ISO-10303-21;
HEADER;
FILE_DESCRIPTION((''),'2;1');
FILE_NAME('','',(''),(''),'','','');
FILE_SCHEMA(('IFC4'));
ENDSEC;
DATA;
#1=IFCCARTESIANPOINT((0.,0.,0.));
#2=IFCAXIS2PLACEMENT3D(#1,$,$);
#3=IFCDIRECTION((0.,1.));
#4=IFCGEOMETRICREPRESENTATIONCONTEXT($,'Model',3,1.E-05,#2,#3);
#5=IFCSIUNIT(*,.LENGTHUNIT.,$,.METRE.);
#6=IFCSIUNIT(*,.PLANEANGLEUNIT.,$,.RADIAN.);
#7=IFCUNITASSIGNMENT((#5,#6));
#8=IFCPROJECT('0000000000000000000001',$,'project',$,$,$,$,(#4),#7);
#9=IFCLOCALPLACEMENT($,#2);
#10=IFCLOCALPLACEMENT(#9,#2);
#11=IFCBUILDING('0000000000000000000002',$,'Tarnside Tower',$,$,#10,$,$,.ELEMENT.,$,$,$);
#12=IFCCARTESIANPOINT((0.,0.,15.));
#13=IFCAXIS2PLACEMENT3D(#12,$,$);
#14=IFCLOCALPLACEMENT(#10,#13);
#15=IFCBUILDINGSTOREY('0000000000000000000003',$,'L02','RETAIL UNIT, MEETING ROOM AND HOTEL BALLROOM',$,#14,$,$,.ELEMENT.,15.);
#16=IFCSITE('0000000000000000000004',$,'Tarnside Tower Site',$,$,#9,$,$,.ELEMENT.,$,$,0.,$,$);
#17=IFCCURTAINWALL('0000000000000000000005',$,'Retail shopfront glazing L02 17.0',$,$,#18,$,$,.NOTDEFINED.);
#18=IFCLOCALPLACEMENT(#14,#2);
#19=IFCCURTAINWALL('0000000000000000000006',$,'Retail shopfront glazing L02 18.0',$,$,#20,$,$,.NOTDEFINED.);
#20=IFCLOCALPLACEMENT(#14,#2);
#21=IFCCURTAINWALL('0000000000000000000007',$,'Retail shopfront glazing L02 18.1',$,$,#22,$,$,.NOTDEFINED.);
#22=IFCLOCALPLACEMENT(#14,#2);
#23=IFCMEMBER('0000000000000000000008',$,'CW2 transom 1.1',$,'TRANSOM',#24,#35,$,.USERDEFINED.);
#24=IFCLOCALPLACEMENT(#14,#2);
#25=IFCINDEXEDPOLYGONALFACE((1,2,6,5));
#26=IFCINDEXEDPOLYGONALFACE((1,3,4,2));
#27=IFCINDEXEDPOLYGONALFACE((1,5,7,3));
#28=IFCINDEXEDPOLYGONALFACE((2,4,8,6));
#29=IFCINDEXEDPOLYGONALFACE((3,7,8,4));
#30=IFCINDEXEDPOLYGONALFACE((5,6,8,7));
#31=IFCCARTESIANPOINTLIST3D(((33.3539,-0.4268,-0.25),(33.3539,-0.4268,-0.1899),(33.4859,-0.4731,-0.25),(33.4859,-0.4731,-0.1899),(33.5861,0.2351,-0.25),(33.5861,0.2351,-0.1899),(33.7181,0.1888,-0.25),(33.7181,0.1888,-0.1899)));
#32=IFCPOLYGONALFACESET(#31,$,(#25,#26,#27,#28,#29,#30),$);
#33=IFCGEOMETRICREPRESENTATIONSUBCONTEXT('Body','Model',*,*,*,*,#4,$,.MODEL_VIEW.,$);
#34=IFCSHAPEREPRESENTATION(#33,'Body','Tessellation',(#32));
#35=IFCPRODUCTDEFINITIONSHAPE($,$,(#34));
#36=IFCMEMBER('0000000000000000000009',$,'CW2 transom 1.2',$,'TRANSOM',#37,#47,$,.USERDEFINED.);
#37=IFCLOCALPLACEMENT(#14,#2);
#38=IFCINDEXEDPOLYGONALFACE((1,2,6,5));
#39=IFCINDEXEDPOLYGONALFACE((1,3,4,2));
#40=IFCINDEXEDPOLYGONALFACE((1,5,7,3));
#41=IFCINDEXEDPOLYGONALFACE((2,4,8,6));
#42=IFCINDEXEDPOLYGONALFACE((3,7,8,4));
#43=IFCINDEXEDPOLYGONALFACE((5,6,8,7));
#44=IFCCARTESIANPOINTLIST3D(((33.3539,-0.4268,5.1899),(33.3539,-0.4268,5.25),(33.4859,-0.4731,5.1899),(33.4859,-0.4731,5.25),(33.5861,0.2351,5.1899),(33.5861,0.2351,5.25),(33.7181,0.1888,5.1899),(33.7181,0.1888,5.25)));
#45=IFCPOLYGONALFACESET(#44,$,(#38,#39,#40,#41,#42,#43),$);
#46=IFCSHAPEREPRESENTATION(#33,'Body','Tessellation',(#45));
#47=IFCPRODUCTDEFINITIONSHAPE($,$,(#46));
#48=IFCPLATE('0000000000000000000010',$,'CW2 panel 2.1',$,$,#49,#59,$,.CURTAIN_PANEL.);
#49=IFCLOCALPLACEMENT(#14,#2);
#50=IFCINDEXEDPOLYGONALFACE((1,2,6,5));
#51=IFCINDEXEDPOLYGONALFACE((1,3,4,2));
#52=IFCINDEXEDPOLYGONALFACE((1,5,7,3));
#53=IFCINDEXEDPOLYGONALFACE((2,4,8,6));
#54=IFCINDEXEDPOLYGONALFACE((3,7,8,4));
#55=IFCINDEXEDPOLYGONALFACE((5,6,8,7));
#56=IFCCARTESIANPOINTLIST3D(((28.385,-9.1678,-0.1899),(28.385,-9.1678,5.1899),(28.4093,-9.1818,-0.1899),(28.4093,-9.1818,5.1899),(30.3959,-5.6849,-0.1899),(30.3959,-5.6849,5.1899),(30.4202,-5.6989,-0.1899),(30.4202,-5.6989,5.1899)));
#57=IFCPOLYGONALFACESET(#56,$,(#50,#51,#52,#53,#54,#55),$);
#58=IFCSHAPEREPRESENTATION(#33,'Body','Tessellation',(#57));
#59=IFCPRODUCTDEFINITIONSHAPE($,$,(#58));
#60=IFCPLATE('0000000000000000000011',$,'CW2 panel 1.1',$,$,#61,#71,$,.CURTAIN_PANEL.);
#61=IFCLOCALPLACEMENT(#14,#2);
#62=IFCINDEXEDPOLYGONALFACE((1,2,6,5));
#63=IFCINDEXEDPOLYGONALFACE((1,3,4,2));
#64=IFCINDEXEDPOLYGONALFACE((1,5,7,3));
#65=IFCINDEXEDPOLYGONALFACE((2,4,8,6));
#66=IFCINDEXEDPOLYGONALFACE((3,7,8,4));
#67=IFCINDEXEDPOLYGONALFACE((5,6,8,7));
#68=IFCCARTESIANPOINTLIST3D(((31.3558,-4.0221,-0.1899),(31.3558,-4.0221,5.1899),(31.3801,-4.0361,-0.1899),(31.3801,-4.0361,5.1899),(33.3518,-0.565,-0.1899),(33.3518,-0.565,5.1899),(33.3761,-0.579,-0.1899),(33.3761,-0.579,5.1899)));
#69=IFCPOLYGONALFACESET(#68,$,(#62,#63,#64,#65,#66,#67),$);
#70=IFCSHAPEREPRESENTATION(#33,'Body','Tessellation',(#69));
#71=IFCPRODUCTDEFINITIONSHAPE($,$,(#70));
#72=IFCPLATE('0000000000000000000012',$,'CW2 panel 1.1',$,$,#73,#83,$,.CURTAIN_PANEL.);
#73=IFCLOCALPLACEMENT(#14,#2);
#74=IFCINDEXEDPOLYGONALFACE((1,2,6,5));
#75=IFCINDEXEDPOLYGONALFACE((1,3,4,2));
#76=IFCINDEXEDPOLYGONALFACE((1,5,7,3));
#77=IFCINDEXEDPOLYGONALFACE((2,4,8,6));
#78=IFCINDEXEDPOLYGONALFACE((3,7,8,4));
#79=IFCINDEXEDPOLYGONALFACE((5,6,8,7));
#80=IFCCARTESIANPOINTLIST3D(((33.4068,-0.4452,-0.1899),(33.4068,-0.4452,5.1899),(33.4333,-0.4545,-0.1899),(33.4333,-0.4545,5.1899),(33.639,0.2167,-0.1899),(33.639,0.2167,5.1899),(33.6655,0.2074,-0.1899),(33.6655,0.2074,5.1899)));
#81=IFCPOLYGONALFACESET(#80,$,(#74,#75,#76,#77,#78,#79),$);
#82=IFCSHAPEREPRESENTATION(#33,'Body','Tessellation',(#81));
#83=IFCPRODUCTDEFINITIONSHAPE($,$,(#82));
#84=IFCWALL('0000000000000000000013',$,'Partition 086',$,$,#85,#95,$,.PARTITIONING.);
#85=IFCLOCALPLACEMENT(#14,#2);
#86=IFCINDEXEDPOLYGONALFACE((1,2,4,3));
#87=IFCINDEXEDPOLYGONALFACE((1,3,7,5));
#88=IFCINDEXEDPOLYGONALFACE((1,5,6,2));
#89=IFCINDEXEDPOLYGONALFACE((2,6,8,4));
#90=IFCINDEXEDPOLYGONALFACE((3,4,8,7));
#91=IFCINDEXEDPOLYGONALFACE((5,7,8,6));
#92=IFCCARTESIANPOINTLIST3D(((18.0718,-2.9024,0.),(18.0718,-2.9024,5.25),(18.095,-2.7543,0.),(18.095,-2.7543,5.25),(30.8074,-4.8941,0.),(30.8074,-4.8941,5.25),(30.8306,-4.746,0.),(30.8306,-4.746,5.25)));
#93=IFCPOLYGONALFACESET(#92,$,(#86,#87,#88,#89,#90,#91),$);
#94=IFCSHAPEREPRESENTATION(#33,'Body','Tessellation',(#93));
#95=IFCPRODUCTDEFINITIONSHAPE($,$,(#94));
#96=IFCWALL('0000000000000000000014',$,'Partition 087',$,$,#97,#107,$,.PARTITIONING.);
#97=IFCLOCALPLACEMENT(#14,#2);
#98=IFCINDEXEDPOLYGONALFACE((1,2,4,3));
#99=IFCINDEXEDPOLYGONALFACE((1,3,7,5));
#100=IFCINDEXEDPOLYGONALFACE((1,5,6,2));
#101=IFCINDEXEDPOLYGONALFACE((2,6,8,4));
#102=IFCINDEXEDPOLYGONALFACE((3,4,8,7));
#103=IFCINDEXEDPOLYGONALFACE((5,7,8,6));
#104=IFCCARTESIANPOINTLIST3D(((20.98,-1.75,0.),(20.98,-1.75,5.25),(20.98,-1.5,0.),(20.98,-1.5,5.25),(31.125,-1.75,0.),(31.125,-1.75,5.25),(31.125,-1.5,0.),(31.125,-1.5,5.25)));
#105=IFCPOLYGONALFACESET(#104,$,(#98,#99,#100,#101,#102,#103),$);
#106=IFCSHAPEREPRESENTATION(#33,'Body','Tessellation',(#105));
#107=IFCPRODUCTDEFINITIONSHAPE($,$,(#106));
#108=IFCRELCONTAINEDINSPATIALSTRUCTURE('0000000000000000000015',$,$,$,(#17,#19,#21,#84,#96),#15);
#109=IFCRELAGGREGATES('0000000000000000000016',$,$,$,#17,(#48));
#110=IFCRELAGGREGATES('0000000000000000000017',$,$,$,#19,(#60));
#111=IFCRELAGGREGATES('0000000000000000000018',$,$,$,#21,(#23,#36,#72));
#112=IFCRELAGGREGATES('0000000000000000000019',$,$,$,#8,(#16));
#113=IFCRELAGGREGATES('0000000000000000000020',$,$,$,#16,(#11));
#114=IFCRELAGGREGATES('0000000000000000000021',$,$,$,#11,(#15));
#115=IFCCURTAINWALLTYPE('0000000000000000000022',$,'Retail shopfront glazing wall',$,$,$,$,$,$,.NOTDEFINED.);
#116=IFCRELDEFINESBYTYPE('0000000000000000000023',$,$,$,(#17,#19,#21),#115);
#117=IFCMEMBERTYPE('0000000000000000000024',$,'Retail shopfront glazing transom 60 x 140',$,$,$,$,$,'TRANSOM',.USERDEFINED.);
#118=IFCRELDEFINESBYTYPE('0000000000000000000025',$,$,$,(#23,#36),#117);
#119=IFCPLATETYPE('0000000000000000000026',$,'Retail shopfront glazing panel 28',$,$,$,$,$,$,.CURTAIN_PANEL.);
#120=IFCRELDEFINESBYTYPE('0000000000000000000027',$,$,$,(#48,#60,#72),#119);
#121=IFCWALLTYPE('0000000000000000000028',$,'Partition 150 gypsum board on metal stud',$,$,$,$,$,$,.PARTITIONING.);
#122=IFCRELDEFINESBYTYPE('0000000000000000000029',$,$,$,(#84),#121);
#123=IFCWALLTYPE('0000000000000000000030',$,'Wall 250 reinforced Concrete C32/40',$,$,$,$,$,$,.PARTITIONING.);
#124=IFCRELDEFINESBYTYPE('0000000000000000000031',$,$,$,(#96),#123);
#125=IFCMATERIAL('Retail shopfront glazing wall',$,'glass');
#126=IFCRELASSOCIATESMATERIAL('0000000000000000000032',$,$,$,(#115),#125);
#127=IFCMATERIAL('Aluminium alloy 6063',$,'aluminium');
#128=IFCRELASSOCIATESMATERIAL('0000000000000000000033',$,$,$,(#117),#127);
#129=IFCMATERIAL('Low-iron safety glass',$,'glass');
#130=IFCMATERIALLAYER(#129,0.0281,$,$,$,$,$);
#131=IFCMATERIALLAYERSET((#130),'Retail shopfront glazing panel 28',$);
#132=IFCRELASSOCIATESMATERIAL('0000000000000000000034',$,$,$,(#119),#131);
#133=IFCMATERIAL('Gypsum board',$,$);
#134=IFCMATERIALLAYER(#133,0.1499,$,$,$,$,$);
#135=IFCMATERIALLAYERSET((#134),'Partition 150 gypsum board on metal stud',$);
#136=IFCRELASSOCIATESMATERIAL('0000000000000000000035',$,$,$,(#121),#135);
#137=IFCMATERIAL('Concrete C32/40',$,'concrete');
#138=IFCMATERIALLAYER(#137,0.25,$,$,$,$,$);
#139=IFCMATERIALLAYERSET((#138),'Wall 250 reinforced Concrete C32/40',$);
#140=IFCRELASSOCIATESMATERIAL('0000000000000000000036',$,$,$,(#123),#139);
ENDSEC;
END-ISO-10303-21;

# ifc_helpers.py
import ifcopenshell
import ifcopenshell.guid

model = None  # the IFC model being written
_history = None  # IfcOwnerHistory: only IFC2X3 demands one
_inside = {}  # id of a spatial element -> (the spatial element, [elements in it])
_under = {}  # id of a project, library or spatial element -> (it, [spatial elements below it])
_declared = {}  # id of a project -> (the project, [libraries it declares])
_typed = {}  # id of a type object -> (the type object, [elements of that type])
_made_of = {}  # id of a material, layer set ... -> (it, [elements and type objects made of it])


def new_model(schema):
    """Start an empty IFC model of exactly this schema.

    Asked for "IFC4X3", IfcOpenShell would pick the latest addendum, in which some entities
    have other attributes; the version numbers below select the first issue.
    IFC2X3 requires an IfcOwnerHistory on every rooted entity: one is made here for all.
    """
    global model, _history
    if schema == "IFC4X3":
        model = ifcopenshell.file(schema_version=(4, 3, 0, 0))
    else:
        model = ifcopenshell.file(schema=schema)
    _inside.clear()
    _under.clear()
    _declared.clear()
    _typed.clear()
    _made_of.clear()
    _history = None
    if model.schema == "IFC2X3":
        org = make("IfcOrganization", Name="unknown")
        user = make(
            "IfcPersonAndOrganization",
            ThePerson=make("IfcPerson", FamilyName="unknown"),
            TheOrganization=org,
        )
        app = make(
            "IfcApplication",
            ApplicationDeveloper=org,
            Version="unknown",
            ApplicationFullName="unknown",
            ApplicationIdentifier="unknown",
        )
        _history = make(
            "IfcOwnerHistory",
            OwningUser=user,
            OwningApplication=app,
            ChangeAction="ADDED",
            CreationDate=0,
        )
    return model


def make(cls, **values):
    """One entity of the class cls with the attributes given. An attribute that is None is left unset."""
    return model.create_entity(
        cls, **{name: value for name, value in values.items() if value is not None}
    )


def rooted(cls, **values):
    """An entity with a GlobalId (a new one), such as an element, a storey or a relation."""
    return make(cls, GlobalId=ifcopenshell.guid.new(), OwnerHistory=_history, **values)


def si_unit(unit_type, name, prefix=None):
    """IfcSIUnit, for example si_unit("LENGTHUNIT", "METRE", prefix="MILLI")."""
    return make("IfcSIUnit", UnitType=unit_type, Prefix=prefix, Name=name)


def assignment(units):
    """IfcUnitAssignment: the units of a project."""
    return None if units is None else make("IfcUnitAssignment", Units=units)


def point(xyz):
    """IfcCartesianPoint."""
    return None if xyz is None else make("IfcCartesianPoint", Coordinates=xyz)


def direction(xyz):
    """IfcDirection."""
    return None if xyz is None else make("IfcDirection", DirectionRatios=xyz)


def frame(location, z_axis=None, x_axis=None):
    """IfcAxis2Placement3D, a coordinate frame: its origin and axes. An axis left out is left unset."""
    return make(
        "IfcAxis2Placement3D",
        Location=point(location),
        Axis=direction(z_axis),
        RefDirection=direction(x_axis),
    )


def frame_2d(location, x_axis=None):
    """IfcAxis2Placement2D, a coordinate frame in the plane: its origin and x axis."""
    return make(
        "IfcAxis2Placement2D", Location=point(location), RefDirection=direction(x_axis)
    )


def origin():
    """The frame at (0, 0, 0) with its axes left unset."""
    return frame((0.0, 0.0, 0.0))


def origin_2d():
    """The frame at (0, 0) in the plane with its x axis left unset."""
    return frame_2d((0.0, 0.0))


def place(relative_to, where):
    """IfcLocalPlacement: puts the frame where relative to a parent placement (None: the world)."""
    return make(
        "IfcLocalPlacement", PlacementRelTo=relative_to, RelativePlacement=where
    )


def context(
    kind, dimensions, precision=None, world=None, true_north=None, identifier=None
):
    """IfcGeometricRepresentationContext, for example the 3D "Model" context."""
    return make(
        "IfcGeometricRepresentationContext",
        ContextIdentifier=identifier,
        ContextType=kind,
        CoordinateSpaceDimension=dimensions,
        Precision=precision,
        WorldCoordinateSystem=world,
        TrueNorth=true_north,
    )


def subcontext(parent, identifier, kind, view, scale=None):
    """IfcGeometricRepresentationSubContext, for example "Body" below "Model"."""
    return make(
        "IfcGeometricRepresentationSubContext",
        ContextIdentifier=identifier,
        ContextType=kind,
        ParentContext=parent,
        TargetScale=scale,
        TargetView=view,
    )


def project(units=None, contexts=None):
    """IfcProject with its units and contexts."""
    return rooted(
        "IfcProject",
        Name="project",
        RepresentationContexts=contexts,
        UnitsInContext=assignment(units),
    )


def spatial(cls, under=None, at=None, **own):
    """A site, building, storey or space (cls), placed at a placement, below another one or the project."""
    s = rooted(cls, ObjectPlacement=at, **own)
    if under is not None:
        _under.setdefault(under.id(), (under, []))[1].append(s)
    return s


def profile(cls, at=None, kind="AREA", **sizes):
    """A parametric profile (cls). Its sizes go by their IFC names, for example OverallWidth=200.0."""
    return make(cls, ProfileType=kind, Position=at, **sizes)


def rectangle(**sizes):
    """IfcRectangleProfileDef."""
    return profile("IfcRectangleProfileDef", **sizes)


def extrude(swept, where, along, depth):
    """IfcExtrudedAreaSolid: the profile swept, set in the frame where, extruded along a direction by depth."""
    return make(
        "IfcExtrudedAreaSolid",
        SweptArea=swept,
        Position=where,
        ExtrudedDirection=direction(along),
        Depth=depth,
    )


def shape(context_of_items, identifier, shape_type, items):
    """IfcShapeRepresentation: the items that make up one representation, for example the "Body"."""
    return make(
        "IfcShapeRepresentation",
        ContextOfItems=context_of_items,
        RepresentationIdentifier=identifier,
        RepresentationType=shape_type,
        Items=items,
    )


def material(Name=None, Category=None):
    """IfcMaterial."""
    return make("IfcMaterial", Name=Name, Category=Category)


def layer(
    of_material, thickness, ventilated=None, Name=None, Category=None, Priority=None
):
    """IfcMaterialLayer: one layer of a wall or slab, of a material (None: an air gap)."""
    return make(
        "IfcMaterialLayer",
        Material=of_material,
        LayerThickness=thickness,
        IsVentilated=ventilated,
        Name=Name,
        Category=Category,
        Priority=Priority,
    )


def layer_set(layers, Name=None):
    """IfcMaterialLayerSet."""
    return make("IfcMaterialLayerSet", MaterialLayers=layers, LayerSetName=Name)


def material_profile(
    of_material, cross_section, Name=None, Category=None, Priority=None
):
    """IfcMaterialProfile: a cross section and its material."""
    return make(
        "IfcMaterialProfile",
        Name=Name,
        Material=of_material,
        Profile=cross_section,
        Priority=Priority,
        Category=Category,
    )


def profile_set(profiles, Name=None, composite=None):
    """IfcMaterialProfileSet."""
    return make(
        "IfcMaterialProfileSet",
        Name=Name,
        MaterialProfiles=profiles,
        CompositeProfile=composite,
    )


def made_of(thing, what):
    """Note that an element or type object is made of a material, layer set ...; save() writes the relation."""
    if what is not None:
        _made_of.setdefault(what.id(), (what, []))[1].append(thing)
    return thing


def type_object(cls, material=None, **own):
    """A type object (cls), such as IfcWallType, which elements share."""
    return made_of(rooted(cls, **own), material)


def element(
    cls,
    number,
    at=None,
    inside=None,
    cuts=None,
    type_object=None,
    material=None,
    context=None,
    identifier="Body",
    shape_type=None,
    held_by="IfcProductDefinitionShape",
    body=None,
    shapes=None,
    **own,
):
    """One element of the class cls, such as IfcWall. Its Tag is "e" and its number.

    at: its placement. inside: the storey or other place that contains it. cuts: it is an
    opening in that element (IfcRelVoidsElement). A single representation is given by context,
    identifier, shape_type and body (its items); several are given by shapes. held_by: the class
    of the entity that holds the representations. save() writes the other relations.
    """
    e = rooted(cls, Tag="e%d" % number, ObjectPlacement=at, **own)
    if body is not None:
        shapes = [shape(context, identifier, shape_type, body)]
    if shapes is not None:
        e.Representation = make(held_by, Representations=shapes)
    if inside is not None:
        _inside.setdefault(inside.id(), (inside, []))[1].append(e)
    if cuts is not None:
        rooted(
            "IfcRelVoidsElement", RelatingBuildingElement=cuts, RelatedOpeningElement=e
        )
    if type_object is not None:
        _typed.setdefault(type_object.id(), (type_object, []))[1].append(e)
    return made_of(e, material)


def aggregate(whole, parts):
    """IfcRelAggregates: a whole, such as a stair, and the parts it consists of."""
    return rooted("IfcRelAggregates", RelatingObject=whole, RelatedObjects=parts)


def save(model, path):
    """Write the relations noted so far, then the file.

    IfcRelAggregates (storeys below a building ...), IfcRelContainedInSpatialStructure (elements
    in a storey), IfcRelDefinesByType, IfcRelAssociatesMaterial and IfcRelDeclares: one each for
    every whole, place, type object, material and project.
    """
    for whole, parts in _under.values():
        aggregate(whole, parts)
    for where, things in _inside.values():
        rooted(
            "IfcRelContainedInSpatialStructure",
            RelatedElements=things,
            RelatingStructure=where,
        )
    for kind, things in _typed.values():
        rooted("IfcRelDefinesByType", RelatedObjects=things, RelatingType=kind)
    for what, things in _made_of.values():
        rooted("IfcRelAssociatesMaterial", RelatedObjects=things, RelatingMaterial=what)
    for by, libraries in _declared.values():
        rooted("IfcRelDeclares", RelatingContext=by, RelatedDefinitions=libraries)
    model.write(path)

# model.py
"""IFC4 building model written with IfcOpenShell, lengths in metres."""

from ifc_helpers import new_model, si_unit, direction, frame, frame_2d, origin, origin_2d, place, context, subcontext, project, spatial, rectangle, extrude, material, layer, layer_set, material_profile, profile_set, type_object, element, aggregate, save


model = new_model("IFC4")

# Units and contexts
model_context = context("Model", 3, precision=1e-05, world=origin(), true_north=direction((0.0, 1.0)))
body_context = subcontext(model_context, "Body", "Model", "MODEL_VIEW")
ifc_project = project(units=[si_unit("LENGTHUNIT", "METRE"), si_unit("PLANEANGLEUNIT", "RADIAN")], contexts=[model_context])

# Site, building, storey
site_placement = place(None, origin())
site = spatial("IfcSite", under=ifc_project, at=site_placement, Name="Tarnside Tower Site", CompositionType="ELEMENT", RefElevation=0.0)
building_placement = place(site_placement, origin())
building = spatial("IfcBuilding", under=site, at=building_placement, Name="Tarnside Tower", CompositionType="ELEMENT")
storey_placement = place(building_placement, frame((0.0, 0.0, 15.0)))
storey = spatial("IfcBuildingStorey", under=building, at=storey_placement, Name="L02", Description="RETAIL UNIT, MEETING ROOM AND HOTEL BALLROOM", CompositionType="ELEMENT", Elevation=15.0)

# Curtain wall
ifc_material_1 = material(Name="Retail shopfront glazing wall", Category="glass")
curtain_wall_type = type_object("IfcCurtainWallType", Name="Retail shopfront glazing wall", PredefinedType="NOTDEFINED", material=ifc_material_1)
curtain_wall_1_placement = place(storey_placement, origin())
curtain_wall_1 = element("IfcCurtainWall", 1, at=curtain_wall_1_placement, inside=storey, type_object=curtain_wall_type, Name="Retail shopfront glazing L02 17.0", PredefinedType="NOTDEFINED")
ifc_material_2 = material(Name="Aluminium alloy 6063", Category="aluminium")

# Curtain wall
curtain_wall_2_placement = place(storey_placement, origin())
curtain_wall_2 = element("IfcCurtainWall", 2, at=curtain_wall_2_placement, inside=storey, type_object=curtain_wall_type, Name="Retail shopfront glazing L02 18.0", PredefinedType="NOTDEFINED")

# Curtain wall
curtain_wall_3_placement = place(storey_placement, origin())
curtain_wall_3 = element("IfcCurtainWall", 3, at=curtain_wall_3_placement, inside=storey, type_object=curtain_wall_type, Name="Retail shopfront glazing L02 18.1", PredefinedType="NOTDEFINED")

# Members
ifc_material_profile_1 = material_profile(ifc_material_2, rectangle(XDim=0.1399, YDim=0.0601, at=origin_2d()), Name="Retail shopfront glazing transom 60 x 140")
ifc_profile_set_1 = profile_set([ifc_material_profile_1], Name="Aluminium alloy 6063")
member_type_1 = type_object("IfcMemberType", Name="Retail shopfront glazing transom 60 x 140", ElementType="TRANSOM", PredefinedType="USERDEFINED", material=ifc_profile_set_1)
member_1_placement = place(storey_placement, frame((33.4199, -0.45, -0.22), z_axis=(0.331017, 0.943625, 0.0), x_axis=(-0.943625, 0.331017, 0.0)))
member_1 = element("IfcMember", 4, at=member_1_placement, type_object=member_type_1, Name="CW2 transom 1.1", ObjectType="TRANSOM", PredefinedType="USERDEFINED", context=body_context, shape_type="SweptSolid", body=[
    extrude(rectangle(XDim=0.1399, YDim=0.0601, at=origin_2d()), origin(), (0.0, 0.0, 1.0), 0.7014),
])
member_2_placement = place(storey_placement, frame((33.4199, -0.45, 5.22), z_axis=(0.331017, 0.943625, 0.0), x_axis=(-0.943625, 0.331017, 0.0)))
member_2 = element("IfcMember", 5, at=member_2_placement, type_object=member_type_1, Name="CW2 transom 1.2", ObjectType="TRANSOM", PredefinedType="USERDEFINED", context=body_context, shape_type="SweptSolid", body=[
    extrude(rectangle(XDim=0.1399, YDim=0.0601, at=origin_2d()), origin(), (0.0, 0.0, 1.0), 0.7014),
])

# Plates
ifc_material_3 = material(Name="Low-iron safety glass", Category="glass")
ifc_layer_1 = layer(ifc_material_3, 0.0281)
ifc_layer_set_1 = layer_set([ifc_layer_1], Name="Retail shopfront glazing panel 28")
plate_type = type_object("IfcPlateType", Name="Retail shopfront glazing panel 28", PredefinedType="CURTAIN_PANEL", material=ifc_layer_set_1)
plate_1_placement = place(storey_placement, frame((29.4026, -7.4333, -0.1899), z_axis=(0.0, 0.0, 1.0), x_axis=(0.5, 0.866025, 0.0)))
plate_1 = element("IfcPlate", 6, at=plate_1_placement, type_object=plate_type, Name="CW2 panel 2.1", PredefinedType="CURTAIN_PANEL", context=body_context, shape_type="SweptSolid", body=[
    extrude(rectangle(XDim=4.0217, YDim=0.0281, at=origin_2d()), origin(), (0.0, 0.0, 1.0), 5.3799),
])
aggregate(curtain_wall_1, [plate_1])
plate_2_placement = place(storey_placement, frame((32.366, -2.3005, -0.1899), z_axis=(0.0, 0.0, 1.0), x_axis=(0.5, 0.866025, 0.0)))
plate_2 = element("IfcPlate", 7, at=plate_2_placement, type_object=plate_type, Name="CW2 panel 1.1", PredefinedType="CURTAIN_PANEL", context=body_context, shape_type="SweptSolid", body=[
    extrude(rectangle(XDim=3.9919, YDim=0.0281, at=origin_2d()), origin(), (0.0, 0.0, 1.0), 5.3799),
])
aggregate(curtain_wall_2, [plate_2])
plate_3_placement = place(storey_placement, frame((33.5361, -0.1189, -0.1899), z_axis=(0.0, 0.0, 1.0), x_axis=(0.331063, 0.943609, 0.0)))
plate_3 = element("IfcPlate", 8, at=plate_3_placement, type_object=plate_type, Name="CW2 panel 1.1", PredefinedType="CURTAIN_PANEL", context=body_context, shape_type="SweptSolid", body=[
    extrude(rectangle(XDim=0.7014, YDim=0.0281, at=origin_2d()), origin(), (0.0, 0.0, 1.0), 5.3799),
])
aggregate(curtain_wall_3, [member_1, member_2, plate_3])

# Walls
ifc_material_4 = material(Name="Gypsum board")
ifc_layer_2 = layer(ifc_material_4, 0.1499)
ifc_layer_set_2 = layer_set([ifc_layer_2], Name="Partition 150 gypsum board on metal stud")
wall_type_1 = type_object("IfcWallType", Name="Partition 150 gypsum board on metal stud", PredefinedType="PARTITIONING", material=ifc_layer_set_2)
wall_1_placement = place(storey_placement, frame((30.8191, -4.8201, 0.0), z_axis=(0.0, 0.0, 1.0), x_axis=(-0.987991, 0.15451, 0.0)))
element("IfcWall", 9, at=wall_1_placement, inside=storey, type_object=wall_type_1, Name="Partition 086", PredefinedType="PARTITIONING", context=body_context, shape_type="SweptSolid", body=[
    extrude(rectangle(XDim=12.8904, YDim=0.1499, at=frame_2d((6.4453, 0.0))), origin(), (0.0, 0.0, 1.0), 5.25),
])
ifc_material_5 = material(Name="Concrete C32/40", Category="concrete")
ifc_layer_3 = layer(ifc_material_5, 0.25)
ifc_layer_set_3 = layer_set([ifc_layer_3], Name="Wall 250 reinforced Concrete C32/40")
wall_type_2 = type_object("IfcWallType", Name="Wall 250 reinforced Concrete C32/40", PredefinedType="PARTITIONING", material=ifc_layer_set_3)
wall_2_placement = place(storey_placement, frame((31.125, -1.625, 0.0), z_axis=(0.0, 0.0, 1.0), x_axis=(-1.0, 0.0, 0.0)))
element("IfcWall", 10, at=wall_2_placement, inside=storey, type_object=wall_type_2, Name="Partition 087", PredefinedType="PARTITIONING", context=body_context, shape_type="SweptSolid", body=[
    extrude(rectangle(XDim=10.145, YDim=0.25, at=frame_2d((5.0725, 0.0))), origin(), (0.0, 0.0, 1.0), 5.25),
])

save(model, "model.ifc")
